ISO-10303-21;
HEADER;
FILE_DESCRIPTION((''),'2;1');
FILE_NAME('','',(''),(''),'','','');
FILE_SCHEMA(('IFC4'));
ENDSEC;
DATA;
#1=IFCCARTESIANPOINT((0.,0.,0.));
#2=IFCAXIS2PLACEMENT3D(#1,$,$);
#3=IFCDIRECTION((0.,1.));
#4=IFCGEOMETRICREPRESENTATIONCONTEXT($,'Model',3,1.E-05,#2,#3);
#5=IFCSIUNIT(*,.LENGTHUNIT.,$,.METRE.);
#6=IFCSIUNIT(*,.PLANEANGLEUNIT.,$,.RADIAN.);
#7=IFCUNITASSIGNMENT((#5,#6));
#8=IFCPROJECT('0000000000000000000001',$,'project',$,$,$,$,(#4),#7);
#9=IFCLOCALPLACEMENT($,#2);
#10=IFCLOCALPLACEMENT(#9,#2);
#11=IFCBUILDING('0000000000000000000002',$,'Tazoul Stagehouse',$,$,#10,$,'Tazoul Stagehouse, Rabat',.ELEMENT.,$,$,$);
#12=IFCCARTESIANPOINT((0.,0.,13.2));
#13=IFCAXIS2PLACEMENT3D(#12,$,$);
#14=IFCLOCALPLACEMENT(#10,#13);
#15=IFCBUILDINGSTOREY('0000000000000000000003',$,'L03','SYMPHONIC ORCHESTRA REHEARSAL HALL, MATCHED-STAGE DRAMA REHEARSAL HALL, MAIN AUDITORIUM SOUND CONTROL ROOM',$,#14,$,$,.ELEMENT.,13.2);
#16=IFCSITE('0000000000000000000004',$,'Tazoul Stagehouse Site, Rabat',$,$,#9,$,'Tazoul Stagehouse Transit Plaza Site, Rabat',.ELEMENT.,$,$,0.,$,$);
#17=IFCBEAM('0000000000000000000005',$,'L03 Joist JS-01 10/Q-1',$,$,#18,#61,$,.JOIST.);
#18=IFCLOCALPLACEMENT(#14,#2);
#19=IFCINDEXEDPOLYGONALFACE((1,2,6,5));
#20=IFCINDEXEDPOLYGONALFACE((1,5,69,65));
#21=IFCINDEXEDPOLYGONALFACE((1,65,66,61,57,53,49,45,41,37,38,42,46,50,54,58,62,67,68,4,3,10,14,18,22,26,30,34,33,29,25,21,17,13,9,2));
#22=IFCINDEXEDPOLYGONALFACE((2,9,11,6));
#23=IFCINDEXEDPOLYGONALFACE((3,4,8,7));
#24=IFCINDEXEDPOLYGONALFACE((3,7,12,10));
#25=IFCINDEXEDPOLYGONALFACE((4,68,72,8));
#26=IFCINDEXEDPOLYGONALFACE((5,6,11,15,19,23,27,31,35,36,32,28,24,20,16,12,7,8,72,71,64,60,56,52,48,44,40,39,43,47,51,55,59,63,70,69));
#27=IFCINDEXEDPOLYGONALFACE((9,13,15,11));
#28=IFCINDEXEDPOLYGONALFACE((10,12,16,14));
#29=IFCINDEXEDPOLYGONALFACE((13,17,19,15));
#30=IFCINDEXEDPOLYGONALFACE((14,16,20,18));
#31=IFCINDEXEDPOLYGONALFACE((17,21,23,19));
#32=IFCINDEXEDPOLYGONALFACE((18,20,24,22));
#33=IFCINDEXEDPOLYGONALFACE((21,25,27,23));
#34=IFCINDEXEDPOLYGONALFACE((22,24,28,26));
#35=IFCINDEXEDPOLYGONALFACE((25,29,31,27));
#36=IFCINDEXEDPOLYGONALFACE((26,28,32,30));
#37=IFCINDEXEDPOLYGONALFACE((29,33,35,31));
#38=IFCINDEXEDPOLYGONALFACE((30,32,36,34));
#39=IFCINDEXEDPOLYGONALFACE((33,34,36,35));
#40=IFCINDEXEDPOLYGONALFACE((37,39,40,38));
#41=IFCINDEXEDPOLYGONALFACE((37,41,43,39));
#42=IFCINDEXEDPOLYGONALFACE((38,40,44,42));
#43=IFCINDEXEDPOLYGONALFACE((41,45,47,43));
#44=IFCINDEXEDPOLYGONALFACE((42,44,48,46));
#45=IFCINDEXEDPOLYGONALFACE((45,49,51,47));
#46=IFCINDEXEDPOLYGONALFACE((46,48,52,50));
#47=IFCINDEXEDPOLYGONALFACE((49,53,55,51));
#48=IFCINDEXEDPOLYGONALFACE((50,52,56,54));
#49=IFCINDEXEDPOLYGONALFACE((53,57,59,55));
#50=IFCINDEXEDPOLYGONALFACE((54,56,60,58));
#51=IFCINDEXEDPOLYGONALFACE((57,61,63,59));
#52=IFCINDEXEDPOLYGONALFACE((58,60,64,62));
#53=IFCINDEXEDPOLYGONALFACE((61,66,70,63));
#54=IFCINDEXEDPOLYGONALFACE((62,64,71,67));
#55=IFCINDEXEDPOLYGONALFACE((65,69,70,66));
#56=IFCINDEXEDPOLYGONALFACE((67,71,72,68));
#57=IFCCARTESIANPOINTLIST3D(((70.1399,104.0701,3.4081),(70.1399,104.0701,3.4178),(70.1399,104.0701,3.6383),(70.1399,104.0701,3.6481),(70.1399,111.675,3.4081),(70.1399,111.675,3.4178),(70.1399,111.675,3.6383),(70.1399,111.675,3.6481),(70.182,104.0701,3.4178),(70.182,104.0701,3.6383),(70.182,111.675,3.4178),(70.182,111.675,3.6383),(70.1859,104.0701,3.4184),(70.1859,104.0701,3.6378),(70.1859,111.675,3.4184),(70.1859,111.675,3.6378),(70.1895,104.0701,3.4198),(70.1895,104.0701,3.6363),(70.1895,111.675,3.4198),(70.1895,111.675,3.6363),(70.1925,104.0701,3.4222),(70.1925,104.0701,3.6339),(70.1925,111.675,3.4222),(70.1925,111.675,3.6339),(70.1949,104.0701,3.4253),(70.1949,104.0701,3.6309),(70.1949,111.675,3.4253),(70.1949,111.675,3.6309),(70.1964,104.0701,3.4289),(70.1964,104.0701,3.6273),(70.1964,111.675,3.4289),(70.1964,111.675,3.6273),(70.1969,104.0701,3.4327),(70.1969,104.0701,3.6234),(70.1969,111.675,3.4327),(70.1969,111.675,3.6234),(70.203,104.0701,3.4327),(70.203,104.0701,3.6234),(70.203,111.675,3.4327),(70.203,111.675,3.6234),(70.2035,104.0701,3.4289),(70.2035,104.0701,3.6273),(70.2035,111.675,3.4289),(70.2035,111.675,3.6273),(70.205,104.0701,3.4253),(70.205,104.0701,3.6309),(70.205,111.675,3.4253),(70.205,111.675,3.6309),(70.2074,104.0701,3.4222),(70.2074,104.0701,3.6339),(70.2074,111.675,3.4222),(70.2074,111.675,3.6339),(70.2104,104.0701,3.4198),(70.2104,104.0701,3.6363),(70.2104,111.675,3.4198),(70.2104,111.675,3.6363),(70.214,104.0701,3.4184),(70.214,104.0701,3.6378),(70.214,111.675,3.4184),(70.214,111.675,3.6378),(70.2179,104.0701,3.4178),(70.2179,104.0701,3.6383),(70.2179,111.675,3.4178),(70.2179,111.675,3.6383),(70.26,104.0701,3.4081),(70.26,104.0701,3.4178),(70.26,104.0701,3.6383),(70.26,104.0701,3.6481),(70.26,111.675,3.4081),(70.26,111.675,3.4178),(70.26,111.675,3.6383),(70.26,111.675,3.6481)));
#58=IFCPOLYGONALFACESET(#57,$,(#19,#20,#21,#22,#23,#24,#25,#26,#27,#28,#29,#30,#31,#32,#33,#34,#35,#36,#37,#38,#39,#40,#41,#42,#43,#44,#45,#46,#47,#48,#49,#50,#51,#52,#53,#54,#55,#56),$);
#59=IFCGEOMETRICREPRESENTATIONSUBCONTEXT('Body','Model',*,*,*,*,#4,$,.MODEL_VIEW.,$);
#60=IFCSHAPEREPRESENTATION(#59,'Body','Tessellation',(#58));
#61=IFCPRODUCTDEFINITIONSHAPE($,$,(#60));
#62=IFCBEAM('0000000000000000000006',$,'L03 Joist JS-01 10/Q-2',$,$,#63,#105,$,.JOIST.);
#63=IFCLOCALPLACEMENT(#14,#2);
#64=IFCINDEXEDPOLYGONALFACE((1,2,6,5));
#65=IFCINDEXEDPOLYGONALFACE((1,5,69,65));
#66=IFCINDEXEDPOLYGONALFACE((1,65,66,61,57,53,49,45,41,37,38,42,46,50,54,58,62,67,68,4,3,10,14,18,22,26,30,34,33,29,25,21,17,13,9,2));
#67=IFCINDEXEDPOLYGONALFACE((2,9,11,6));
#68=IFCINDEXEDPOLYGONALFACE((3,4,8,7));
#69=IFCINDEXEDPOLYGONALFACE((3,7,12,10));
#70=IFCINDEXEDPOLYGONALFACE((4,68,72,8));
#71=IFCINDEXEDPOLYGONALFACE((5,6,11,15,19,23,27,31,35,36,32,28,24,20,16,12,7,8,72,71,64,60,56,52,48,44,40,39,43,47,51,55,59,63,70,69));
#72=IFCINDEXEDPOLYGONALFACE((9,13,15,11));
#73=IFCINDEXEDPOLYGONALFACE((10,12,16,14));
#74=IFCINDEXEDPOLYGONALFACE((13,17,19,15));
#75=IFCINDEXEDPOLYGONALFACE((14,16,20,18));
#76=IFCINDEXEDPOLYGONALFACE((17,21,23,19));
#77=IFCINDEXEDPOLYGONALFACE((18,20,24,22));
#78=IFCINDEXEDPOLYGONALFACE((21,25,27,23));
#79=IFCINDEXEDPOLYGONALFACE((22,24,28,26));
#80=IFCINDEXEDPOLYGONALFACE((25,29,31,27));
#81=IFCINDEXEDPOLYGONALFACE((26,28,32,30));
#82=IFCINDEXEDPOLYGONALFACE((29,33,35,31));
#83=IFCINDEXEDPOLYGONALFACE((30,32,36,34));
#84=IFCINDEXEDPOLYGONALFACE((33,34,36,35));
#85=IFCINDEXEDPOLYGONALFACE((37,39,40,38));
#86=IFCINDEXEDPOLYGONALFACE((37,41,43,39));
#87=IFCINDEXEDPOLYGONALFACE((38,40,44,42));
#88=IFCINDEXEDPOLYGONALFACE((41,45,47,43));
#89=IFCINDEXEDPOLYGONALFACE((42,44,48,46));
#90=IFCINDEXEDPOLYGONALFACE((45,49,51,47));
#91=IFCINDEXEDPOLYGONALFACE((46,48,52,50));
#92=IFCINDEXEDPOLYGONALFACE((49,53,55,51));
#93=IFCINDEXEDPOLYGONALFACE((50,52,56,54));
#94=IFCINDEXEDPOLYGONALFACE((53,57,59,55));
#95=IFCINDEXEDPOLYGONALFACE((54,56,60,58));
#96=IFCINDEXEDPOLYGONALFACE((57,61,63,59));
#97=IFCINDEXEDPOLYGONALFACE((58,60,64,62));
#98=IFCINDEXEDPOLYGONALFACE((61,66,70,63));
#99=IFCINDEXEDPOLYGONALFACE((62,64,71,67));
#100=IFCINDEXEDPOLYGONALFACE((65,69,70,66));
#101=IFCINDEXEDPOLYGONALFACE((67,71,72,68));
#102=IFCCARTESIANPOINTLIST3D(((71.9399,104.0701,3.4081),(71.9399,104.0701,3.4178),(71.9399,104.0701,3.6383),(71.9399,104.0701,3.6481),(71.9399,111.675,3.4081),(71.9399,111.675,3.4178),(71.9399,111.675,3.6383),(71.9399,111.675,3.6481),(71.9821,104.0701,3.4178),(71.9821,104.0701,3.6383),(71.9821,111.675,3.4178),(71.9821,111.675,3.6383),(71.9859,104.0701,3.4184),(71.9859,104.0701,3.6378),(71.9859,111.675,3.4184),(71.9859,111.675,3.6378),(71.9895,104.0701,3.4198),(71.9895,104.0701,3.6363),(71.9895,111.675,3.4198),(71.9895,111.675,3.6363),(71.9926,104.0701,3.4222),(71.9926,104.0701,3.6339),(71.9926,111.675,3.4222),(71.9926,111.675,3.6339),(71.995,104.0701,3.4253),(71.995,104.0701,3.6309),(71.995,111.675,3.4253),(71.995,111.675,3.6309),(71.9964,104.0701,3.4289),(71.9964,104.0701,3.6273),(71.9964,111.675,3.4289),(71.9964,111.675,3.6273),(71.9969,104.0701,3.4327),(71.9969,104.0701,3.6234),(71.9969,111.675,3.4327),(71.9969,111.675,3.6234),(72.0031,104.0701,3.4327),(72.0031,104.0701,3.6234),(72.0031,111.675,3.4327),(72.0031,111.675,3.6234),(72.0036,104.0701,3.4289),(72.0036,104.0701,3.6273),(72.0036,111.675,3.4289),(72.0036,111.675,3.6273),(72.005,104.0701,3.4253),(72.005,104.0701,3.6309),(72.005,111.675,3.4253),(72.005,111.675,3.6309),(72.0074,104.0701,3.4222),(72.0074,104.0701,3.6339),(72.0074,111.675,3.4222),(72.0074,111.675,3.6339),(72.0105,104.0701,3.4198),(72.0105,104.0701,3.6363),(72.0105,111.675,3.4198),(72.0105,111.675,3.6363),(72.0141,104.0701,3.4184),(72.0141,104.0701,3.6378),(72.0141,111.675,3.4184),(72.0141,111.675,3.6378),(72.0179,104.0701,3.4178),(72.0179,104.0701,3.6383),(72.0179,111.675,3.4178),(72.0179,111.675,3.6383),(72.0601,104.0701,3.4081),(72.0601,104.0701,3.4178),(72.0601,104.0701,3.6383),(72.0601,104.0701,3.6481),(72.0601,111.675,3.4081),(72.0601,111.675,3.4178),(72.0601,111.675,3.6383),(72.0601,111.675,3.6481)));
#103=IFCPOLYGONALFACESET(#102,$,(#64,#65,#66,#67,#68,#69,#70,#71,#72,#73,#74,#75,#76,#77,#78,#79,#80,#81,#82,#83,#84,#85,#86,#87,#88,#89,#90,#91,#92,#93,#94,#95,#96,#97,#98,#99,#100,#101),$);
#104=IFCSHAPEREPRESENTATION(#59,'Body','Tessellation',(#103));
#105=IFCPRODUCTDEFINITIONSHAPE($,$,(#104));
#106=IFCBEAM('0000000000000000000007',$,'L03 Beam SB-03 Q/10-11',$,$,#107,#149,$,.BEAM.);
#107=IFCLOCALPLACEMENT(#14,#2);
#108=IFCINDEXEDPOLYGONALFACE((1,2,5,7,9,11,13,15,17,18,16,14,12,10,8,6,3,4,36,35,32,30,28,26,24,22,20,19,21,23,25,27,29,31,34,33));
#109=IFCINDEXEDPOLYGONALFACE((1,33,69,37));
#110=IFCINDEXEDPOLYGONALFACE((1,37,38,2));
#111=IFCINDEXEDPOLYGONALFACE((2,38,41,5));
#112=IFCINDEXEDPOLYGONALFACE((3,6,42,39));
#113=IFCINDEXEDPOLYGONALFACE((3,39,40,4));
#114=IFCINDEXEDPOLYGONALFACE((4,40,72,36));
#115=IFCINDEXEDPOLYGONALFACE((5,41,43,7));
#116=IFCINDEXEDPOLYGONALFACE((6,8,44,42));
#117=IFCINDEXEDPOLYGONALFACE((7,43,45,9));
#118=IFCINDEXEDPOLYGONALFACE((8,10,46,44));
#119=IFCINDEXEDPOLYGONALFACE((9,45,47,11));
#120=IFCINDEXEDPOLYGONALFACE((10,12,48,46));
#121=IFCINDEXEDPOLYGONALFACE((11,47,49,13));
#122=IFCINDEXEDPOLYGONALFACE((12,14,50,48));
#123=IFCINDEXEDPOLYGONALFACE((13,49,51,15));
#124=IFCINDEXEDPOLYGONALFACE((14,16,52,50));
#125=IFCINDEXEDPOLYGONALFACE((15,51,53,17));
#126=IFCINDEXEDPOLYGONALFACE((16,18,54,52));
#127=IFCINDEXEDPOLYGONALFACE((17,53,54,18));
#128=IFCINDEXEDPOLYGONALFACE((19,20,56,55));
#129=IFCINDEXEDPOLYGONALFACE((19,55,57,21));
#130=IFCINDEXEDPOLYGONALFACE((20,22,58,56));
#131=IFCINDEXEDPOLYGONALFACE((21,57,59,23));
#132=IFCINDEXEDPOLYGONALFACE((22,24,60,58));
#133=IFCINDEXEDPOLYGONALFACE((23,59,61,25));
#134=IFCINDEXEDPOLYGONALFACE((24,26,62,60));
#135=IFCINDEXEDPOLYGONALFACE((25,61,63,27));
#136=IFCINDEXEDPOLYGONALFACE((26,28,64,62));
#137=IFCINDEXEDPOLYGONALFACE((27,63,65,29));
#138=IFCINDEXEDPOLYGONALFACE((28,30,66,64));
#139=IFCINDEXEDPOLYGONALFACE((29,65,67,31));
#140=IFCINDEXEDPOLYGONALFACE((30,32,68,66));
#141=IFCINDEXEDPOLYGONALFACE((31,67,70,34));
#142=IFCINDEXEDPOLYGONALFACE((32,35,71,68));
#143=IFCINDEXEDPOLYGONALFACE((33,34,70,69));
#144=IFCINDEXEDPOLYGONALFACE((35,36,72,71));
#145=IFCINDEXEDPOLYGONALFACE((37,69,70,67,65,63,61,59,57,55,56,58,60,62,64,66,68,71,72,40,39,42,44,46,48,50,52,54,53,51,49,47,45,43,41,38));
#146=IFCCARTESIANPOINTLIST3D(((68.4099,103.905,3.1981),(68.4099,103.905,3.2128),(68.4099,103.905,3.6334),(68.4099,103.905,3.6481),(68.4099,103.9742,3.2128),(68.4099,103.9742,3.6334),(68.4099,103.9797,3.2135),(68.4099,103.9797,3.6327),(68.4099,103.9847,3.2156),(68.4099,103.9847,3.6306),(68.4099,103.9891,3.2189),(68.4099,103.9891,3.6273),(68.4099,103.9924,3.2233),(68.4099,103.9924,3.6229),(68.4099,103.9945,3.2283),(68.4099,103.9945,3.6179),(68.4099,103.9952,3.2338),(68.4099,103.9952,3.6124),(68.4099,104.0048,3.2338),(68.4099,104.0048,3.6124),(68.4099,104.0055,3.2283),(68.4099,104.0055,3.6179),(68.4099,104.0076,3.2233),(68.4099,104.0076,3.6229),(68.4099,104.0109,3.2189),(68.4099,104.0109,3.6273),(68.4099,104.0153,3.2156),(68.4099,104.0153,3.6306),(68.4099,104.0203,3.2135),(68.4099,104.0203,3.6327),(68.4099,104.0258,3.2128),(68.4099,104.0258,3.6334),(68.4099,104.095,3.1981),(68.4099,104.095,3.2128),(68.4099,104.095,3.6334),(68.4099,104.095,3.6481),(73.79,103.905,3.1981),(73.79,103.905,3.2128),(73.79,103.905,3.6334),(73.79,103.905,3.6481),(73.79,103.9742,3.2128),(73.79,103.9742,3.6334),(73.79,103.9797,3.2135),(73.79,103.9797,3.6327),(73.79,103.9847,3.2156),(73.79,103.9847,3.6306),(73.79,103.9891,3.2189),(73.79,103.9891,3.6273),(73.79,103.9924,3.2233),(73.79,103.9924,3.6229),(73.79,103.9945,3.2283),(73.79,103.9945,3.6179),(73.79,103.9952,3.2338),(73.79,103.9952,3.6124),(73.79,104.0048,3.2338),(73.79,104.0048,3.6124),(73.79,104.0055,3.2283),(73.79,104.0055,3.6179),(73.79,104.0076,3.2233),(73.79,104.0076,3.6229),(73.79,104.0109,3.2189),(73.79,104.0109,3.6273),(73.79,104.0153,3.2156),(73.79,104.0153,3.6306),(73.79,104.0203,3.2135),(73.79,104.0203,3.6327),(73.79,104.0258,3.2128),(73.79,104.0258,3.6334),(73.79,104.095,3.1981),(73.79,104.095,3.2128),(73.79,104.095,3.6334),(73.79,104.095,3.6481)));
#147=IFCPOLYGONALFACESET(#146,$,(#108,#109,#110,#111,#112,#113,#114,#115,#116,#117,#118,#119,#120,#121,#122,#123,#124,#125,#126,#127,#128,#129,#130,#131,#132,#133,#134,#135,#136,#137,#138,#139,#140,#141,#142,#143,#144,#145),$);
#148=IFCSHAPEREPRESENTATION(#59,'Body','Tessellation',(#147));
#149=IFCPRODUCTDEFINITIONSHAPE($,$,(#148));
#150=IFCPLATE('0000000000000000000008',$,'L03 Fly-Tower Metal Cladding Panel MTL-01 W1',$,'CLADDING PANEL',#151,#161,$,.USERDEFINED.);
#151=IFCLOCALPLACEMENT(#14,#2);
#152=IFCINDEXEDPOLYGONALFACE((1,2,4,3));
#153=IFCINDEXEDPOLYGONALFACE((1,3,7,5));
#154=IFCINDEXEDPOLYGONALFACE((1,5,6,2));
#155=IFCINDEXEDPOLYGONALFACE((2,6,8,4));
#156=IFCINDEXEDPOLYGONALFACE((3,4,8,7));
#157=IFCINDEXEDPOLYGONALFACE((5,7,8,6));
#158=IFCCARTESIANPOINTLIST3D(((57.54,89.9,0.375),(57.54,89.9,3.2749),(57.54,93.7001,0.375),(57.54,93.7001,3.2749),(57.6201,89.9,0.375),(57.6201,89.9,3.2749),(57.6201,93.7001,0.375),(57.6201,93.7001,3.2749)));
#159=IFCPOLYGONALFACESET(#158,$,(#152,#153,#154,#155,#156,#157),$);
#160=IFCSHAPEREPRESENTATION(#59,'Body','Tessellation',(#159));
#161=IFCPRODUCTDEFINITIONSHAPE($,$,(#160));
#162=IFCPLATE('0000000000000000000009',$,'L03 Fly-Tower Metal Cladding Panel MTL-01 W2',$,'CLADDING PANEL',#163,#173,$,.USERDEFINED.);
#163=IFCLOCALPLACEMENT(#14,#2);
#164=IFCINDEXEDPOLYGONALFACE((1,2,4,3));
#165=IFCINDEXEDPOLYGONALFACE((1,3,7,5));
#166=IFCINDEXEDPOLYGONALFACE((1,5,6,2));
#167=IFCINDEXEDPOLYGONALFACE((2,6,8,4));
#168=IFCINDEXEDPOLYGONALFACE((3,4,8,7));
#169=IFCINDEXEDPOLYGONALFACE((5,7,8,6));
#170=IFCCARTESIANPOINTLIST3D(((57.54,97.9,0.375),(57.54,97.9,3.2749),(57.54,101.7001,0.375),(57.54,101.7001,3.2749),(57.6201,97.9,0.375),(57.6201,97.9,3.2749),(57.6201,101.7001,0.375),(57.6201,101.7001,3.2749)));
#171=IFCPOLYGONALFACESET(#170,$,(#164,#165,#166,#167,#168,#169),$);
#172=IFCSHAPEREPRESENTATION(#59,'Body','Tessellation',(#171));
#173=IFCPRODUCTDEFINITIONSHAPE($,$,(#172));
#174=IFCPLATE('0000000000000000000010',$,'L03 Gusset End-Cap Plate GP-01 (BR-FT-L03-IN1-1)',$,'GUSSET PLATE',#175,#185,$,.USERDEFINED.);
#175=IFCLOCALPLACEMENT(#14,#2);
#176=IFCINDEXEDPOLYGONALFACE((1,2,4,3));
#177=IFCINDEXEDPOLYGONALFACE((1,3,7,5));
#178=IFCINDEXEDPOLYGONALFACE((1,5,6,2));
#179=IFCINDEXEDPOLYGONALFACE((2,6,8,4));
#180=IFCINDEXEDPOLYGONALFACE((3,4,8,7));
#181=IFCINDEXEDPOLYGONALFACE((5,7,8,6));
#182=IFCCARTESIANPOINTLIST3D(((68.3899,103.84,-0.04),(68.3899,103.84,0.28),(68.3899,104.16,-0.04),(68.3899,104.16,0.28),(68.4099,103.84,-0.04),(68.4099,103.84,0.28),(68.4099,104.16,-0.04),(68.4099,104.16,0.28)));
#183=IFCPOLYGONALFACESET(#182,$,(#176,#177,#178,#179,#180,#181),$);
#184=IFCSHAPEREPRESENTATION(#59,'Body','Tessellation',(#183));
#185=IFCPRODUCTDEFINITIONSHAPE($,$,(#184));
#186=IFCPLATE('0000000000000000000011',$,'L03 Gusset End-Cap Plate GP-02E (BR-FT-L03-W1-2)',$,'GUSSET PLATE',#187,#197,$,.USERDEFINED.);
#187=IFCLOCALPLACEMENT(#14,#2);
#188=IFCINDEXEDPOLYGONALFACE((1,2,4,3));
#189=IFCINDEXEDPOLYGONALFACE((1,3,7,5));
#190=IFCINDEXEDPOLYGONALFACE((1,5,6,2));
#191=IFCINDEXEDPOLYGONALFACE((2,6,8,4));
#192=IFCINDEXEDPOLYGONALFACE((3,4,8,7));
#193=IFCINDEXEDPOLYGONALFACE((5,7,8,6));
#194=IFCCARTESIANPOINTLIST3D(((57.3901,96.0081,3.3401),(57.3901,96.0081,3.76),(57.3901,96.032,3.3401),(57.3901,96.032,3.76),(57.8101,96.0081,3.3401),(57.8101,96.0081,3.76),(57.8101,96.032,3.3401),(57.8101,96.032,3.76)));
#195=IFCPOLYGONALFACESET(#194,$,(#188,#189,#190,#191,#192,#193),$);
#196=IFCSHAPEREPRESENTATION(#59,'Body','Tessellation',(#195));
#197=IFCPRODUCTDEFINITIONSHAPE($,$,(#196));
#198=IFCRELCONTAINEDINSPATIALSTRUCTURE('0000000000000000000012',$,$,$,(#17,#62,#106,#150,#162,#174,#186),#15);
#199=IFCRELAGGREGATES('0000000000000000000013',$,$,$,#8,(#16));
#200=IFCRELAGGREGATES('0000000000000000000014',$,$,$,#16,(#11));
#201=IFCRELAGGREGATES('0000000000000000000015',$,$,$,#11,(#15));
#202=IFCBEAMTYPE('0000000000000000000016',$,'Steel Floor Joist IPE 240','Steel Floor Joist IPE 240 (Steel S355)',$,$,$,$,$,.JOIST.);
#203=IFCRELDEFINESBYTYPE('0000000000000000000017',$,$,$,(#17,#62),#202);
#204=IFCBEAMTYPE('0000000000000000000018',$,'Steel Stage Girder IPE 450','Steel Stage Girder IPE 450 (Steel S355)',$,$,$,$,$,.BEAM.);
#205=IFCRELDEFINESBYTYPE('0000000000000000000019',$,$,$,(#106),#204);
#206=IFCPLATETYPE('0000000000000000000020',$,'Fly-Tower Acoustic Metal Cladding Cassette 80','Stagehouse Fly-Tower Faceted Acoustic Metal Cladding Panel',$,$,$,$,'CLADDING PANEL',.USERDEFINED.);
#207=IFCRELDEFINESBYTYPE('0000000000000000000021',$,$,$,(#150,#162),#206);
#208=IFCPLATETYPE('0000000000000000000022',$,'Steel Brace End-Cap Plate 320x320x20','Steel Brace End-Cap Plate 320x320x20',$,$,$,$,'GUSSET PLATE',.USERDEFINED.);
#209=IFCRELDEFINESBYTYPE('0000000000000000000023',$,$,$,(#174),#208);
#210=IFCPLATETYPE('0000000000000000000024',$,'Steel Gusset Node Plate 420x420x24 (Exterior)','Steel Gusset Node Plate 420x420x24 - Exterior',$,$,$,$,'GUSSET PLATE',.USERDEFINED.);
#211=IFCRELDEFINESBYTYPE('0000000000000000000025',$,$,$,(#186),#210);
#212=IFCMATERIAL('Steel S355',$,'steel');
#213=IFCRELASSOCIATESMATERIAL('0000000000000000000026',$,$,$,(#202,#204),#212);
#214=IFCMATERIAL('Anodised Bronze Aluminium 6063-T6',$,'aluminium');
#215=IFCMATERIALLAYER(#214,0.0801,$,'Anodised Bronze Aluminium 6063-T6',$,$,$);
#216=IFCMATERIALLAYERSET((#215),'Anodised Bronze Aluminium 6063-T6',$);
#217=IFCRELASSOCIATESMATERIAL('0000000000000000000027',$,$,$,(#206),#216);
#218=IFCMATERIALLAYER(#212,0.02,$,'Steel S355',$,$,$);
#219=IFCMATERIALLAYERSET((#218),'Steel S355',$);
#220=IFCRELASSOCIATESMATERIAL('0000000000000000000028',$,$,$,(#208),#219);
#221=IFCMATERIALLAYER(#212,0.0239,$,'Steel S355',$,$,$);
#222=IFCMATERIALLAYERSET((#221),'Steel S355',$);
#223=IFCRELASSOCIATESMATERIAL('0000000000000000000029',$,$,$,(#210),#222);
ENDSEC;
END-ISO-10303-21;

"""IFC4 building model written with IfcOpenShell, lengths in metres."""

from ifc_helpers import new_model, si_unit, direction, frame, origin, origin_2d, place, context, subcontext, project, spatial, rectangle, i_section, extrude, material, layer, layer_set, material_profile, profile_set, type_object, element, save


model = new_model("IFC4")

# Units and contexts
model_context = context("Model", 3, precision=1e-05, world=origin(), true_north=direction((0.0, 1.0)))
body_context = subcontext(model_context, "Body", "Model", "MODEL_VIEW")
ifc_project = project(units=[si_unit("LENGTHUNIT", "METRE"), si_unit("PLANEANGLEUNIT", "RADIAN")], contexts=[model_context])

# Site, building, storey
site_placement = place(None, origin())
site = spatial("IfcSite", under=ifc_project, at=site_placement, Name="Tazoul Stagehouse Site, Rabat", LongName="Tazoul Stagehouse Transit Plaza Site, Rabat", CompositionType="ELEMENT", RefElevation=0.0)
building_placement = place(site_placement, origin())
building = spatial("IfcBuilding", under=site, at=building_placement, Name="Tazoul Stagehouse", LongName="Tazoul Stagehouse, Rabat", CompositionType="ELEMENT")
storey_placement = place(building_placement, frame((0.0, 0.0, 13.2)))
storey = spatial("IfcBuildingStorey", under=building, at=storey_placement, Name="L03", Description="SYMPHONIC ORCHESTRA REHEARSAL HALL, MATCHED-STAGE DRAMA REHEARSAL HALL, MAIN AUDITORIUM SOUND CONTROL ROOM", CompositionType="ELEMENT", Elevation=13.2)

# Shared definitions
ifc_material_1 = material(Name="Steel S355", Category="steel")

# Beams
ifc_material_profile_1 = material_profile(ifc_material_1, i_section(OverallWidth=0.1201, OverallDepth=0.24, WebThickness=0.0061, FlangeThickness=0.0098, FilletRadius=0.0149, at=origin_2d()), Name="IPE 240")
ifc_profile_set_1 = profile_set([ifc_material_profile_1], Name="Steel S355")
beam_type_1 = type_object("IfcBeamType", Name="Steel Floor Joist IPE 240", Description="Steel Floor Joist IPE 240 (Steel S355)", PredefinedType="JOIST", material=ifc_profile_set_1)
for number, where, z_axis, x_axis, name in (
    (1, (70.2, 104.0701, 3.5281), (0.0, 1.0, 0.0), (-1.0, 0.0, 0.0), "L03 Joist JS-01 10/Q-1"),
    (2, (72.0, 104.0701, 3.5281), (0.0, 1.0, 0.0), (-1.0, 0.0, 0.0), "L03 Joist JS-01 10/Q-2"),
):
    element("IfcBeam", number, at=place(storey_placement, frame(where, z_axis=z_axis, x_axis=x_axis)), inside=storey, type_object=beam_type_1, Name=name, PredefinedType="JOIST", context=body_context, shape_type="SweptSolid", body=[
        extrude(i_section(OverallWidth=0.1201, OverallDepth=0.24, WebThickness=0.0061, FlangeThickness=0.0098, FilletRadius=0.0149, at=origin_2d()), origin(), (0.0, 0.0, 1.0), 7.605),
    ])
ifc_material_profile_2 = material_profile(ifc_material_1, i_section(OverallWidth=0.1899, OverallDepth=0.45, WebThickness=0.0095, FlangeThickness=0.0146, FilletRadius=0.021, at=origin_2d()), Name="IPE 450")
ifc_profile_set_2 = profile_set([ifc_material_profile_2], Name="Steel S355")
beam_type_2 = type_object("IfcBeamType", Name="Steel Stage Girder IPE 450", Description="Steel Stage Girder IPE 450 (Steel S355)", PredefinedType="BEAM", material=ifc_profile_set_2)
beam_1_placement = place(storey_placement, frame((68.4099, 104.0, 3.4231), z_axis=(1.0, 0.0, 0.0), x_axis=(0.0, 1.0, 0.0)))
element("IfcBeam", 3, at=beam_1_placement, inside=storey, type_object=beam_type_2, Name="L03 Beam SB-03 Q/10-11", PredefinedType="BEAM", context=body_context, shape_type="SweptSolid", body=[
    extrude(i_section(OverallWidth=0.1899, OverallDepth=0.45, WebThickness=0.0095, FlangeThickness=0.0146, FilletRadius=0.021, at=origin_2d()), origin(), (0.0, 0.0, 1.0), 5.3801),
])

# Plates
ifc_material_2 = material(Name="Anodised Bronze Aluminium 6063-T6", Category="aluminium")
ifc_layer_1 = layer(ifc_material_2, 0.0801, Name="Anodised Bronze Aluminium 6063-T6")
ifc_layer_set_1 = layer_set([ifc_layer_1], Name="Anodised Bronze Aluminium 6063-T6")
plate_type_1 = type_object("IfcPlateType", Name="Fly-Tower Acoustic Metal Cladding Cassette 80", Description="Stagehouse Fly-Tower Faceted Acoustic Metal Cladding Panel", ElementType="CLADDING PANEL", PredefinedType="USERDEFINED", material=ifc_layer_set_1)
for number, where, z_axis, x_axis, name in (
    (4, (57.5801, 91.8, 0.375), (0.0, 0.0, 1.0), (0.0, 1.0, 0.0), "L03 Fly-Tower Metal Cladding Panel MTL-01 W1"),
    (5, (57.5801, 99.8, 0.375), (0.0, 0.0, 1.0), (0.0, 1.0, 0.0), "L03 Fly-Tower Metal Cladding Panel MTL-01 W2"),
):
    element("IfcPlate", number, at=place(storey_placement, frame(where, z_axis=z_axis, x_axis=x_axis)), inside=storey, type_object=plate_type_1, Name=name, ObjectType="CLADDING PANEL", PredefinedType="USERDEFINED", context=body_context, shape_type="SweptSolid", body=[
        extrude(rectangle(XDim=3.8, YDim=0.0801, at=origin_2d()), origin(), (0.0, 0.0, 1.0), 2.8999),
    ])
ifc_layer_2 = layer(ifc_material_1, 0.02, Name="Steel S355")
ifc_layer_set_2 = layer_set([ifc_layer_2], Name="Steel S355")
plate_type_2 = type_object("IfcPlateType", Name="Steel Brace End-Cap Plate 320x320x20", Description="Steel Brace End-Cap Plate 320x320x20", ElementType="GUSSET PLATE", PredefinedType="USERDEFINED", material=ifc_layer_set_2)
plate_1_placement = place(storey_placement, frame((68.3999, 104.0, -0.04), z_axis=(0.0, 0.0, 1.0), x_axis=(1.0, 0.0, 0.0)))
element("IfcPlate", 6, at=plate_1_placement, inside=storey, type_object=plate_type_2, Name="L03 Gusset End-Cap Plate GP-01 (BR-FT-L03-IN1-1)", ObjectType="GUSSET PLATE", PredefinedType="USERDEFINED", context=body_context, shape_type="SweptSolid", body=[
    extrude(rectangle(XDim=0.02, YDim=0.3201, at=origin_2d()), origin(), (0.0, 0.0, 1.0), 0.3201),
])
ifc_layer_3 = layer(ifc_material_1, 0.0239, Name="Steel S355")
ifc_layer_set_3 = layer_set([ifc_layer_3], Name="Steel S355")
plate_type_3 = type_object("IfcPlateType", Name="Steel Gusset Node Plate 420x420x24 (Exterior)", Description="Steel Gusset Node Plate 420x420x24 - Exterior", ElementType="GUSSET PLATE", PredefinedType="USERDEFINED", material=ifc_layer_set_3)
plate_2_placement = place(storey_placement, frame((57.6001, 96.02, 3.3401), z_axis=(0.0, 0.0, 1.0), x_axis=(0.0, 1.0, 0.0)))
element("IfcPlate", 7, at=plate_2_placement, inside=storey, type_object=plate_type_3, Name="L03 Gusset End-Cap Plate GP-02E (BR-FT-L03-W1-2)", ObjectType="GUSSET PLATE", PredefinedType="USERDEFINED", context=body_context, shape_type="SweptSolid", body=[
    extrude(rectangle(XDim=0.0239, YDim=0.4199, at=origin_2d()), origin(), (0.0, 0.0, 1.0), 0.4199),
])

save(model, "model.ifc")
